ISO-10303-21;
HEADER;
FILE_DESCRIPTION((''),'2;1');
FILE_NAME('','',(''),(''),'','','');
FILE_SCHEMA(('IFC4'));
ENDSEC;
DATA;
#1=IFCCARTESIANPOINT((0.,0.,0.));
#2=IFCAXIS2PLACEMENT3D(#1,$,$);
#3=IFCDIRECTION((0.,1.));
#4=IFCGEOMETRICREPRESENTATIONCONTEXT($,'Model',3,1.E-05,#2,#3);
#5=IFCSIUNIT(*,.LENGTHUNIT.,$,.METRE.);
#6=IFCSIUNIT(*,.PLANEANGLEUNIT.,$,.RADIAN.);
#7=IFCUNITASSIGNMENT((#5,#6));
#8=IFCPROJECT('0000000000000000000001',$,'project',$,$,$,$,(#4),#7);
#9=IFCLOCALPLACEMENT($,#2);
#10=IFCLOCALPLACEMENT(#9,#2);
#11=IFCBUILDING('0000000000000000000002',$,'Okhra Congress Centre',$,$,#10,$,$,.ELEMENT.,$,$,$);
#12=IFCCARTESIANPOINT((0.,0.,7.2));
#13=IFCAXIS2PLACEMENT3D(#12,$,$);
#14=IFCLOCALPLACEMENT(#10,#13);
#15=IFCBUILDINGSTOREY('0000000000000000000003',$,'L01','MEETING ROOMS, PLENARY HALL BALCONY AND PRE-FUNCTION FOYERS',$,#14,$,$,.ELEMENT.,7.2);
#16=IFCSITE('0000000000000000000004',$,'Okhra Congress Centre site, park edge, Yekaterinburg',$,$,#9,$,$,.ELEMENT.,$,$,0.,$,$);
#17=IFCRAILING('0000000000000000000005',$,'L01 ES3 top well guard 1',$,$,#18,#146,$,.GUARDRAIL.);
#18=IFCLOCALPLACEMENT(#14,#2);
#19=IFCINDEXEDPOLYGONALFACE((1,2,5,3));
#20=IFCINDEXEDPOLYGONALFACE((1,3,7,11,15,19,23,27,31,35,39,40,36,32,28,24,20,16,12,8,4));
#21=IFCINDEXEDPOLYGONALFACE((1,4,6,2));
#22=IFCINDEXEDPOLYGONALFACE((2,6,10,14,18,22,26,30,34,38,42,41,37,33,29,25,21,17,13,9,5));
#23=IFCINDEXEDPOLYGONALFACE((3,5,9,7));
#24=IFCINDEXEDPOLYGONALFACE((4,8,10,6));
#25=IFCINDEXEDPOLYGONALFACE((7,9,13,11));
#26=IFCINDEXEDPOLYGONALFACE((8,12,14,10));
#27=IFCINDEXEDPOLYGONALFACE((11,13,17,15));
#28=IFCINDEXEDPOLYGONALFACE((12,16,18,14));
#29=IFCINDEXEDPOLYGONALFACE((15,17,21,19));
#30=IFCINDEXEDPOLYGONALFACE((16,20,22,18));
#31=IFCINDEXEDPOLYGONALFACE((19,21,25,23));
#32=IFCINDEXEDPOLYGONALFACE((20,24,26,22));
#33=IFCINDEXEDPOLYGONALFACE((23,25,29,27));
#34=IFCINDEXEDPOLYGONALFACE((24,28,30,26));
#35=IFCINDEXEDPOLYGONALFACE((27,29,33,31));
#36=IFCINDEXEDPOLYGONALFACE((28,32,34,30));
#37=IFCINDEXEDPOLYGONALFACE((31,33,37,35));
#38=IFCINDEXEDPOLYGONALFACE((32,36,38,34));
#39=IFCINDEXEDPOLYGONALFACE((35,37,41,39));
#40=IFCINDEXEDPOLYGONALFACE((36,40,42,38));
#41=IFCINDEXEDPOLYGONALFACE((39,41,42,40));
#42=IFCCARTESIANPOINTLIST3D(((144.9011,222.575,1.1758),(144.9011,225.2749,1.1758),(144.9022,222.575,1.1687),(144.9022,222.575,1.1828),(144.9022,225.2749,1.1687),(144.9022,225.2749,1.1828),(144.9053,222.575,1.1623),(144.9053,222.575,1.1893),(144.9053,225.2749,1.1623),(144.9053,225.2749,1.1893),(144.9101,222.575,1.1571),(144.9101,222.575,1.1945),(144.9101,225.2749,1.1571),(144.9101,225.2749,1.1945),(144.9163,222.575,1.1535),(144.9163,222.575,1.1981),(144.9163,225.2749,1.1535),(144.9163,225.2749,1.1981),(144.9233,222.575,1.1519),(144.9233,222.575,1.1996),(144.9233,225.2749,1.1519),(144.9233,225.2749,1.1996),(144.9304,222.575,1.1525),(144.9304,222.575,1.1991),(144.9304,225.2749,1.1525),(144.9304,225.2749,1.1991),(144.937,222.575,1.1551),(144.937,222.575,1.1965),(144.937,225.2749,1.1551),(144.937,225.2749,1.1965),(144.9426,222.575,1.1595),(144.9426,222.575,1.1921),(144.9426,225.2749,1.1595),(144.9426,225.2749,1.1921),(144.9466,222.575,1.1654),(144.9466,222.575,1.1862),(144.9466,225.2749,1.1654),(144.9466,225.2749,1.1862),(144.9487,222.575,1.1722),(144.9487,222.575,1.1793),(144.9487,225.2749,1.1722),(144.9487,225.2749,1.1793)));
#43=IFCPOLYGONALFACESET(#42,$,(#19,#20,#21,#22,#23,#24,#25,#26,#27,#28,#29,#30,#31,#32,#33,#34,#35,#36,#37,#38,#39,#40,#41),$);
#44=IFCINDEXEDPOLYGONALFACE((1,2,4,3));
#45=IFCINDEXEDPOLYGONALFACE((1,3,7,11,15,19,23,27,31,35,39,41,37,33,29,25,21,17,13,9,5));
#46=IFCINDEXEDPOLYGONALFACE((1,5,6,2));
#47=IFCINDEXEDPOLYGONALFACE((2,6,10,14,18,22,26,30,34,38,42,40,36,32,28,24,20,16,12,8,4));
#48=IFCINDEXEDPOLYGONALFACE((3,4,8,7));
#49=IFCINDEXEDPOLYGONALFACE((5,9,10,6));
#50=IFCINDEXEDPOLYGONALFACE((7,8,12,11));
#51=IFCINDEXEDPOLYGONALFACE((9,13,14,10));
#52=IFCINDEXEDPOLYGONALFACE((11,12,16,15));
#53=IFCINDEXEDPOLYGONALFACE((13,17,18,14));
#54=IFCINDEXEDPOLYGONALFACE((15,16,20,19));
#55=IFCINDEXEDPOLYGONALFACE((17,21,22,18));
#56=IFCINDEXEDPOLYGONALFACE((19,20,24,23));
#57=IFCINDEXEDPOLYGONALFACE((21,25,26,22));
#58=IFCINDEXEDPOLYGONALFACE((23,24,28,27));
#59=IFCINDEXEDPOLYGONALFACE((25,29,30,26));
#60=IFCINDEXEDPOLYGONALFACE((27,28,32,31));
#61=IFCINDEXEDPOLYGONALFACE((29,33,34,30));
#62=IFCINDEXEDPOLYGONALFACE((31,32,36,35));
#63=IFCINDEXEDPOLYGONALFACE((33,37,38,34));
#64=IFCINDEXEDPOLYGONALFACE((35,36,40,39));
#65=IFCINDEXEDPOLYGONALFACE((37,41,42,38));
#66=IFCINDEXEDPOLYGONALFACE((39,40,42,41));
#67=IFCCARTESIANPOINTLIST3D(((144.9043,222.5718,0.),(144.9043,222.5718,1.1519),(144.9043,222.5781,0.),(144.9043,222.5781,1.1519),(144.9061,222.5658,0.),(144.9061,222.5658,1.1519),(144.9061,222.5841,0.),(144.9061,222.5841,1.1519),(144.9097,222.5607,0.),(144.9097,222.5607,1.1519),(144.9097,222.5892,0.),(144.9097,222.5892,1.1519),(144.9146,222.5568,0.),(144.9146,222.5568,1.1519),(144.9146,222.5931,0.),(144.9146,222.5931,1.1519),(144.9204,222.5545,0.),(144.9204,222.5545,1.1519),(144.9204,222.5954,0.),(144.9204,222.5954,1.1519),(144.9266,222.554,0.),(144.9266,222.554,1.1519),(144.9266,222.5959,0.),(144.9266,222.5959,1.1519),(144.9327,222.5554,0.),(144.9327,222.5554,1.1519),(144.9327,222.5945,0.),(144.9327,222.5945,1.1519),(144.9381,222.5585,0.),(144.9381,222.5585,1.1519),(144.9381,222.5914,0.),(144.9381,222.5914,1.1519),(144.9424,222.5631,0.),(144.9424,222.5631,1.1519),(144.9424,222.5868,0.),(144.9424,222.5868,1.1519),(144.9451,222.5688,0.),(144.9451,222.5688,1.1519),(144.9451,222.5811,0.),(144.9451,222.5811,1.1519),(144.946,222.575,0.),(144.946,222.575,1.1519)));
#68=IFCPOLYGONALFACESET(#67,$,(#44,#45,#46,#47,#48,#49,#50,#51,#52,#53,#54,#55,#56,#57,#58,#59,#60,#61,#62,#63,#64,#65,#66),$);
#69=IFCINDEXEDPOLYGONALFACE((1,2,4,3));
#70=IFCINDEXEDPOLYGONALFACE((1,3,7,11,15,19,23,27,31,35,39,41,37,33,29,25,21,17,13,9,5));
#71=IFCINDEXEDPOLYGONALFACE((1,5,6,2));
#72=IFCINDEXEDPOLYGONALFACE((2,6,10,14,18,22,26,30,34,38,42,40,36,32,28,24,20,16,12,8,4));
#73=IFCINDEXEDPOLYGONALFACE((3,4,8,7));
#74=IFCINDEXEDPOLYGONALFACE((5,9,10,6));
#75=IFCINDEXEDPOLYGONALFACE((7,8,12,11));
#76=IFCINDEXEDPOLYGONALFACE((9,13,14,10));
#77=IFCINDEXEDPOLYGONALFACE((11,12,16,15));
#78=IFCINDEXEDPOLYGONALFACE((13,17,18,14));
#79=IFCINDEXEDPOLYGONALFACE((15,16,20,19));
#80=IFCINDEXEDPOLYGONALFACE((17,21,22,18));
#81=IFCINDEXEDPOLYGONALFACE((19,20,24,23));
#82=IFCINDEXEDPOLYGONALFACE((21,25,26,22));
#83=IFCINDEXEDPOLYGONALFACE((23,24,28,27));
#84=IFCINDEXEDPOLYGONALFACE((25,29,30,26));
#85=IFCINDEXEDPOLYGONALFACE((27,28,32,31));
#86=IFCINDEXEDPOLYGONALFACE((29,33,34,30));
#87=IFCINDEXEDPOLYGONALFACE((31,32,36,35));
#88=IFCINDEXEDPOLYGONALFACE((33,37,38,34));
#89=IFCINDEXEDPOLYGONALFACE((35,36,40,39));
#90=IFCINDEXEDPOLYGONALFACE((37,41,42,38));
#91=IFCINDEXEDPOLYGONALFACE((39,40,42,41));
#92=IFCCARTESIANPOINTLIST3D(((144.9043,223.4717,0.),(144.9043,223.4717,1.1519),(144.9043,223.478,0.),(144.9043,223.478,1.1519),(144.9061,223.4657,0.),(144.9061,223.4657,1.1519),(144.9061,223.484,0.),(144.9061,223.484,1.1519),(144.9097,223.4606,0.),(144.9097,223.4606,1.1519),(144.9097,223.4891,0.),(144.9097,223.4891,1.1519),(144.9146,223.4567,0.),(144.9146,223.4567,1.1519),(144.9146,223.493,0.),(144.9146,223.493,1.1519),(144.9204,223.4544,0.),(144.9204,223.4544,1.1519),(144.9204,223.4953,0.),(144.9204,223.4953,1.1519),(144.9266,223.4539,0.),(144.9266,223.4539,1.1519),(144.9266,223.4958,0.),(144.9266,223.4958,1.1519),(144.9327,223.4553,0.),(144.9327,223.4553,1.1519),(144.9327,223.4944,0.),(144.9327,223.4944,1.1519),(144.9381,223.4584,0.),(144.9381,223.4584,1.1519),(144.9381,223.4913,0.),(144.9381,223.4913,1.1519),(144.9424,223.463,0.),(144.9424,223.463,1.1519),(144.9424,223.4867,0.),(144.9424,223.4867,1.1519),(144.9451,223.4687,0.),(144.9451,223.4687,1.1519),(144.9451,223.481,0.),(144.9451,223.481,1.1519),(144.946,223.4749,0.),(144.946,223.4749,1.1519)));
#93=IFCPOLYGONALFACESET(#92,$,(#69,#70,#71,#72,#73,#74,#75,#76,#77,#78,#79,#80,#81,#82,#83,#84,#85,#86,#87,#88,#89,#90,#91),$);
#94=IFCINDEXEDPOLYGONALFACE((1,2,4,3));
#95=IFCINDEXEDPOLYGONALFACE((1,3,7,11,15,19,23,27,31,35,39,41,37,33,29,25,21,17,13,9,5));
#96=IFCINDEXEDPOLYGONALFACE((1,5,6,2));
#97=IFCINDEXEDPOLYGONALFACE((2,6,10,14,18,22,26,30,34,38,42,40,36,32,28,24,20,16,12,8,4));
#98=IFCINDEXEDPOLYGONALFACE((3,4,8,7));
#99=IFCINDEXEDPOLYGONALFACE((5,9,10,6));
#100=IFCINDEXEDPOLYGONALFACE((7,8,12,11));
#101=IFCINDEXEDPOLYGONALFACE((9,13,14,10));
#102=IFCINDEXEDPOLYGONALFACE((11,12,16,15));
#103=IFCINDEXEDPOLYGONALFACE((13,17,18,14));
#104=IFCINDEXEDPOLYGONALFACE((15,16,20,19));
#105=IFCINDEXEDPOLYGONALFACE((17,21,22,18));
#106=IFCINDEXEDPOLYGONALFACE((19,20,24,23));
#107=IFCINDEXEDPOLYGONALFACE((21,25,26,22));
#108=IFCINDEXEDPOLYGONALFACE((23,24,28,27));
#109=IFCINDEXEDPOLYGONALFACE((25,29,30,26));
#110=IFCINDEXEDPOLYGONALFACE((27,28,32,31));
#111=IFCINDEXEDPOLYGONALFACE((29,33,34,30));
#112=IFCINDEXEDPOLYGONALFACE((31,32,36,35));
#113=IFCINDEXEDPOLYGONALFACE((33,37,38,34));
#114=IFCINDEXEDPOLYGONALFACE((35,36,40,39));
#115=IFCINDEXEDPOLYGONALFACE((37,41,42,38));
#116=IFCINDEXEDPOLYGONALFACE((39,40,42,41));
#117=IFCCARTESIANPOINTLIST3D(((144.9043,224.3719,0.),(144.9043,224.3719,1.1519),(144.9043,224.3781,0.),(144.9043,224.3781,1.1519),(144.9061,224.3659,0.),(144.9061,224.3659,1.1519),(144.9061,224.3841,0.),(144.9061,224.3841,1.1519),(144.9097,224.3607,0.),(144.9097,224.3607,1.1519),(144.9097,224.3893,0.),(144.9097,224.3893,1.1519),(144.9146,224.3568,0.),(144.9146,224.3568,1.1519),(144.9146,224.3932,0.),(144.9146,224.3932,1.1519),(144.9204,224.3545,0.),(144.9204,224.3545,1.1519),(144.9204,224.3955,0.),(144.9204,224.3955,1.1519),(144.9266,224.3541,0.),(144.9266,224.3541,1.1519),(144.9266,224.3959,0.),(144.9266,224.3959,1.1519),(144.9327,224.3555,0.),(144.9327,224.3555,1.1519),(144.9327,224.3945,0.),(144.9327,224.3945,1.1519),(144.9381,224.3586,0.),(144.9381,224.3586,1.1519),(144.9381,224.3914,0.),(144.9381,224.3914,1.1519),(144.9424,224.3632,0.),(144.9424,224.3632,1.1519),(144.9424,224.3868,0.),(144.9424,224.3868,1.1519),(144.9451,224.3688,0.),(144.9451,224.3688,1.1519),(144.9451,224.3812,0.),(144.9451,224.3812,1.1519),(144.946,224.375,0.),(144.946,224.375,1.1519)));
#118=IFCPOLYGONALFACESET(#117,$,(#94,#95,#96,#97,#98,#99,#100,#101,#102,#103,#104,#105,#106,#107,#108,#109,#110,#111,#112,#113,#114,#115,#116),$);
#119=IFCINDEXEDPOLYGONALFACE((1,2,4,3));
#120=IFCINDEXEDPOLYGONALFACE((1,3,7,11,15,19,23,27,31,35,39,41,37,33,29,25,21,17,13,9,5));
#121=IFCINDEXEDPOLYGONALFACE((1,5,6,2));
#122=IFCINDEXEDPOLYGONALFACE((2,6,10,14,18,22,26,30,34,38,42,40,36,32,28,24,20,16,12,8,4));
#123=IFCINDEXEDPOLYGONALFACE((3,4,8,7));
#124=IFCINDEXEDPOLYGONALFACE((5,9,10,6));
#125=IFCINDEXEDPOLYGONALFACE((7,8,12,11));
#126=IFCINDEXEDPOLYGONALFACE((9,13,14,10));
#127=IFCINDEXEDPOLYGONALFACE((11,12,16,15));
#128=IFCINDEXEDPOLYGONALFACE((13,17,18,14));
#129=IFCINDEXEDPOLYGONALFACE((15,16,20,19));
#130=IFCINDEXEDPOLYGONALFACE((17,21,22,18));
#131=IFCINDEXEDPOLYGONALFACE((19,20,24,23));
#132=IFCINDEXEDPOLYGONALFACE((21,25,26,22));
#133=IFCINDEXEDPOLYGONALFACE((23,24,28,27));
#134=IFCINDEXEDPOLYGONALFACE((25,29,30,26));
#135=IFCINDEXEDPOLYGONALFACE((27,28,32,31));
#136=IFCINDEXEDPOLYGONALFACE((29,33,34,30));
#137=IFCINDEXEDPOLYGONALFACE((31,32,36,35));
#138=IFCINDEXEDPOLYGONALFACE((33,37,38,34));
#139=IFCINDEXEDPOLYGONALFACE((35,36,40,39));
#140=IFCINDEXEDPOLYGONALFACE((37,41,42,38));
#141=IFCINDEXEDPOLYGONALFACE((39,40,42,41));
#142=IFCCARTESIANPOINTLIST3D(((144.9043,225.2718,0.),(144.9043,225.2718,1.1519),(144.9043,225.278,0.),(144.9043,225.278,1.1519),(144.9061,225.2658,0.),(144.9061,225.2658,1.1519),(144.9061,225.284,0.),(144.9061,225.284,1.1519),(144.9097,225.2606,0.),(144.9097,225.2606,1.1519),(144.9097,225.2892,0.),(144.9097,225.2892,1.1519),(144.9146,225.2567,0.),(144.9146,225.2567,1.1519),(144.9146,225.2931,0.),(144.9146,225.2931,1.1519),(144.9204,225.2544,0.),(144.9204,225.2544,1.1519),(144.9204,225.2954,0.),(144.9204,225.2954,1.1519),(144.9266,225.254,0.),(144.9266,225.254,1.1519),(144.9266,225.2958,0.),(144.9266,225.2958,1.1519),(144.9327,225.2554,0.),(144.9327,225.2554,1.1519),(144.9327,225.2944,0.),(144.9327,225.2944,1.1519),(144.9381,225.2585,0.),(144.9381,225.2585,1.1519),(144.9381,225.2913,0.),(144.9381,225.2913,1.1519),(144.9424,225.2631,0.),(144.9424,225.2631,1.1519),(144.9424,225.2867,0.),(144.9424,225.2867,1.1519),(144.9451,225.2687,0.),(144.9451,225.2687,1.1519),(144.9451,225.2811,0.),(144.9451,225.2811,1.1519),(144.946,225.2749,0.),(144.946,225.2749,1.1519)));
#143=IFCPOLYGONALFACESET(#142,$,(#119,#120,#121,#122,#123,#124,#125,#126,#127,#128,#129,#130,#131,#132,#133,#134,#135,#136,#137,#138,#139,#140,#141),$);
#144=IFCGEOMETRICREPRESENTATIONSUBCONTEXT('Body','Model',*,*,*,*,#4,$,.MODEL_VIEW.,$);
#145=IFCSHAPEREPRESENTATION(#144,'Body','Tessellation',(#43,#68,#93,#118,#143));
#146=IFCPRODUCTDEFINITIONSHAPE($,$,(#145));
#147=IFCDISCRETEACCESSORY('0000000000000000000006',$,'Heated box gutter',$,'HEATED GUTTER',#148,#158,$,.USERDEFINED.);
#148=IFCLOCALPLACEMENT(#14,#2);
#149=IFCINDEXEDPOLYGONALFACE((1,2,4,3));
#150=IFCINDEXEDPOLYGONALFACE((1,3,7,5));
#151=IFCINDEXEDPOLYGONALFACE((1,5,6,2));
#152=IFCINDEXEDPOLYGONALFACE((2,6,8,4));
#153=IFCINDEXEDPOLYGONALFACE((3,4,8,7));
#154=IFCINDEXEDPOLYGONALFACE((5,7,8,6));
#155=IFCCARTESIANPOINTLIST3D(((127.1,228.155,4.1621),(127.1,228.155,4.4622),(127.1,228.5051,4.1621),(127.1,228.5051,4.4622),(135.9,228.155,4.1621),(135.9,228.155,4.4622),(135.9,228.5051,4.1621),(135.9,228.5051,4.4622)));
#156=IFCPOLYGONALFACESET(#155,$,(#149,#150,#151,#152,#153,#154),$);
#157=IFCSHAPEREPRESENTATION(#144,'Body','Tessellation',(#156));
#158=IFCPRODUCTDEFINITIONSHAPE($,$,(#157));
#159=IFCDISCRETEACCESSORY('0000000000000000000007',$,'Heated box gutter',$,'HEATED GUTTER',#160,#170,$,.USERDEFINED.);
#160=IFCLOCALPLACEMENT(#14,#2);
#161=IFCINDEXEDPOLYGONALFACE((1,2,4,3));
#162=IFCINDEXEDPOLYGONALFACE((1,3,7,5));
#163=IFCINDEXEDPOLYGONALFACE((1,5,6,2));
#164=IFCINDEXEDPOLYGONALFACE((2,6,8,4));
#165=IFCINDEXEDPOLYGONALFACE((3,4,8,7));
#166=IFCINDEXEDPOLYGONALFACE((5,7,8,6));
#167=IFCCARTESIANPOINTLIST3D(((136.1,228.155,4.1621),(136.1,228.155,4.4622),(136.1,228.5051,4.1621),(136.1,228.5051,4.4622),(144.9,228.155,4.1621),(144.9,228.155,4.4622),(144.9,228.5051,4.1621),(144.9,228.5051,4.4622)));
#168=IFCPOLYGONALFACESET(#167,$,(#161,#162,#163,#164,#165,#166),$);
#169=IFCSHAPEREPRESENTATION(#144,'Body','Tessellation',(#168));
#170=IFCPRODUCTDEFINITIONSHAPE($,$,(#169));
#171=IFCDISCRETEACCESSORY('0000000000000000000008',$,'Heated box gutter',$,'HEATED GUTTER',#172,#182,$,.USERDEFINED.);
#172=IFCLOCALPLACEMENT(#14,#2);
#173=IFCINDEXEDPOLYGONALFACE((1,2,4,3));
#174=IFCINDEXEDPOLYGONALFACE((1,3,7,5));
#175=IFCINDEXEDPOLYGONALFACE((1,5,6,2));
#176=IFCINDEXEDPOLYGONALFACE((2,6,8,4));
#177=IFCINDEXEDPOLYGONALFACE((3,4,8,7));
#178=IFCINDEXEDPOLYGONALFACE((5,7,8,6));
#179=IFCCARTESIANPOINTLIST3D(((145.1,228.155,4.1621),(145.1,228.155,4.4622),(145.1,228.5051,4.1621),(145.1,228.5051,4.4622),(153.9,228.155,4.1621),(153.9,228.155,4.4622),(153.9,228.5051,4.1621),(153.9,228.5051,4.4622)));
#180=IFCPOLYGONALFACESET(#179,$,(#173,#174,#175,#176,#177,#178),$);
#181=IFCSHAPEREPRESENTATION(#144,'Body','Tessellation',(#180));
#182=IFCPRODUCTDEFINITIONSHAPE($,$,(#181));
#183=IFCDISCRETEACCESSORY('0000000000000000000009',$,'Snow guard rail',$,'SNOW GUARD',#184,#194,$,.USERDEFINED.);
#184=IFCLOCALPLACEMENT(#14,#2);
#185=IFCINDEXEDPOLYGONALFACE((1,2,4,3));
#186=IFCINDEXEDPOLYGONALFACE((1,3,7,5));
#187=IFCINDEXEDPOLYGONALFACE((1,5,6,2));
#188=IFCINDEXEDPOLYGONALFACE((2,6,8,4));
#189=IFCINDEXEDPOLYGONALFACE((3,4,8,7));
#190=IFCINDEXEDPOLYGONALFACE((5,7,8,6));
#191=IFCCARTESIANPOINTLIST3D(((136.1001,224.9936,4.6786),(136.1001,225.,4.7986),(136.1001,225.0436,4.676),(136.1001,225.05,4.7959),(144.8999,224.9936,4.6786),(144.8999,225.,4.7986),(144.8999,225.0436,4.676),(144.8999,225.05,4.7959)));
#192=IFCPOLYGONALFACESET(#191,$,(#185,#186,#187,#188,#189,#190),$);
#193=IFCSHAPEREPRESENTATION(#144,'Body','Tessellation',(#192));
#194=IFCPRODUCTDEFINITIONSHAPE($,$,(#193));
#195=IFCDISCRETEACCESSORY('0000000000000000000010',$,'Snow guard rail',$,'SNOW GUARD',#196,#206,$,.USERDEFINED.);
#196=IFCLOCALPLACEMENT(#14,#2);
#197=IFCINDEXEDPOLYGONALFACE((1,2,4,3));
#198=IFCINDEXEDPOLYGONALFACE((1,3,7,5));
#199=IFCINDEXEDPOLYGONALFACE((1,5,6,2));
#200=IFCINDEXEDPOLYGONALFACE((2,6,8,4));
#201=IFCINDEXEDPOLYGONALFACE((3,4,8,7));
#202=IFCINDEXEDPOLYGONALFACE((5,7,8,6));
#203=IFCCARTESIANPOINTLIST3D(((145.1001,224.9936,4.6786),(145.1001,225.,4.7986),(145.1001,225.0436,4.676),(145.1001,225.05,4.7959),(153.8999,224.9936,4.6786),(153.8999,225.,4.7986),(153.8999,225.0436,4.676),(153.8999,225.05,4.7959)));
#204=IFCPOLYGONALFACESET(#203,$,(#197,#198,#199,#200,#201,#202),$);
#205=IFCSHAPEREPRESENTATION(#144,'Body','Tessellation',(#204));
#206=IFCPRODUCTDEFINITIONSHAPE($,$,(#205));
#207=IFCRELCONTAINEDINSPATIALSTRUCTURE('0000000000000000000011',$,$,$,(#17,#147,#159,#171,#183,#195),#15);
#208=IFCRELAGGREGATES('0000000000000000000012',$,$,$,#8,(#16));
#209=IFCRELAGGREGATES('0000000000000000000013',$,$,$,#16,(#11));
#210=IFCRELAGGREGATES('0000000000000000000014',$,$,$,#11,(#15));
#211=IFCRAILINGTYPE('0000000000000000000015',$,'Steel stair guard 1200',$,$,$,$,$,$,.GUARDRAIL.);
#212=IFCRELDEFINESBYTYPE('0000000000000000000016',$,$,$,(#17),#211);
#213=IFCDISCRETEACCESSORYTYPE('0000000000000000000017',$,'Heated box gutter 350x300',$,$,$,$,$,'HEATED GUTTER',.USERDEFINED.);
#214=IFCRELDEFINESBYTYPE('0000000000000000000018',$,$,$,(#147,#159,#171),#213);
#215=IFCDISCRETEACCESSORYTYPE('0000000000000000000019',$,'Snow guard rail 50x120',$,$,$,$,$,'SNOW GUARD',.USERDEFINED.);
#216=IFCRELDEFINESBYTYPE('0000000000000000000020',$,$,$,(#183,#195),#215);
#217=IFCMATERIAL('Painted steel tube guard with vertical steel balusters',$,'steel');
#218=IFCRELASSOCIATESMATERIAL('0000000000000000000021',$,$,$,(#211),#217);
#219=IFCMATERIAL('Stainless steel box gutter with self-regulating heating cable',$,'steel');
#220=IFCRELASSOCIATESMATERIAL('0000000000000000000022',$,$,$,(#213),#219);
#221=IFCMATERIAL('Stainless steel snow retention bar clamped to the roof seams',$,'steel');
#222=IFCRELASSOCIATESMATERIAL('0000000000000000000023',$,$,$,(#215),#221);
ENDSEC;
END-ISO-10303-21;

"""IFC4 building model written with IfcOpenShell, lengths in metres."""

from ifc_helpers import new_model, si_unit, direction, frame, origin, origin_2d, place, context, subcontext, project, spatial, polyline, rectangle, circle, outline, extrude, material, type_object, element, save


model = new_model("IFC4")

# Units and contexts
model_context = context("Model", 3, precision=1e-05, world=origin(), true_north=direction((0.0, 1.0)))
body_context = subcontext(model_context, "Body", "Model", "MODEL_VIEW")
ifc_project = project(units=[si_unit("LENGTHUNIT", "METRE"), si_unit("PLANEANGLEUNIT", "RADIAN")], contexts=[model_context])

# Site, building, storey
site_placement = place(None, origin())
site = spatial("IfcSite", under=ifc_project, at=site_placement, Name="Okhra Congress Centre site, park edge, Yekaterinburg", CompositionType="ELEMENT", RefElevation=0.0)
building_placement = place(site_placement, origin())
building = spatial("IfcBuilding", under=site, at=building_placement, Name="Okhra Congress Centre", CompositionType="ELEMENT")
storey_placement = place(building_placement, frame((0.0, 0.0, 7.2)))
storey = spatial("IfcBuildingStorey", under=building, at=storey_placement, Name="L01", Description="MEETING ROOMS, PLENARY HALL BALCONY AND PRE-FUNCTION FOYERS", CompositionType="ELEMENT", Elevation=7.2)

# Railing
ifc_material_1 = material(Name="Painted steel tube guard with vertical steel balusters", Category="steel")
railing_type = type_object("IfcRailingType", Name="Steel stair guard 1200", PredefinedType="GUARDRAIL", material=ifc_material_1)
railing_placement = place(storey_placement, frame((144.925, 222.575, 0.0)))
element("IfcRailing", 1, at=railing_placement, inside=storey, type_object=railing_type, Name="L01 ES3 top well guard 1", PredefinedType="GUARDRAIL", context=body_context, shape_type="SweptSolid", body=[
    extrude(circle(Radius=0.0239, at=origin_2d()), frame((0.0, 0.0, 1.1758), z_axis=(0.0, 1.0, 0.0), x_axis=(-1.0, 0.0, 0.0)), (0.0, 0.0, 1.0), 2.7),
    extrude(circle(Radius=0.021, at=origin_2d()), origin(), (0.0, 0.0, 1.0), 1.1519),
    extrude(circle(Radius=0.021, at=origin_2d()), frame((0.0, 0.8999, 0.0)), (0.0, 0.0, 1.0), 1.1519),
    extrude(circle(Radius=0.021, at=origin_2d()), frame((0.0, 1.8, 0.0)), (0.0, 0.0, 1.0), 1.1519),
    extrude(circle(Radius=0.021, at=origin_2d()), frame((0.0, 2.7, 0.0)), (0.0, 0.0, 1.0), 1.1519),
])

# Discrete accessories
ifc_material_2 = material(Name="Stainless steel box gutter with self-regulating heating cable", Category="steel")
discrete_accessory_type_1 = type_object("IfcDiscreteAccessoryType", Name="Heated box gutter 350x300", ElementType="HEATED GUTTER", PredefinedType="USERDEFINED", material=ifc_material_2)
for number, where, z_axis, x_axis, name in (
    (2, (131.5, 228.3301, 4.1621), (0.0, 0.0, 1.0), (1.0, 0.0, 0.0), "Heated box gutter"),
    (3, (140.5, 228.3301, 4.1621), (0.0, 0.0, 1.0), (1.0, 0.0, 0.0), "Heated box gutter"),
    (4, (149.5, 228.3301, 4.1621), (0.0, 0.0, 1.0), (1.0, 0.0, 0.0), "Heated box gutter"),
):
    element("IfcDiscreteAccessory", number, at=place(storey_placement, frame(where, z_axis=z_axis, x_axis=x_axis)), inside=storey, type_object=discrete_accessory_type_1, Name=name, ObjectType="HEATED GUTTER", PredefinedType="USERDEFINED", context=body_context, shape_type="SweptSolid", body=[
        extrude(rectangle(XDim=8.8, YDim=0.3501, at=origin_2d()), origin(), (0.0, 0.0, 1.0), 0.3),
    ])
ifc_material_3 = material(Name="Stainless steel snow retention bar clamped to the roof seams", Category="steel")
discrete_accessory_type_2 = type_object("IfcDiscreteAccessoryType", Name="Snow guard rail 50x120", ElementType="SNOW GUARD", PredefinedType="USERDEFINED", material=ifc_material_3)
for number, where, z_axis, x_axis, name in (
    (5, (136.1001, 225.0, 4.7986), (0.0, 0.053581, 0.998563), (1.0, 0.0, 0.0), "Snow guard rail"),
    (6, (145.1001, 225.0, 4.7986), (0.0, 0.053581, 0.998563), (1.0, 0.0, 0.0), "Snow guard rail"),
):
    element("IfcDiscreteAccessory", number, at=place(storey_placement, frame(where, z_axis=z_axis, x_axis=x_axis)), inside=storey, type_object=discrete_accessory_type_2, Name=name, ObjectType="SNOW GUARD", PredefinedType="USERDEFINED", context=body_context, shape_type="SweptSolid", body=[
        extrude(outline(polyline([(0.0, 0.0), (8.7998, 0.0), (8.7998, 0.0501), (0.0, 0.0501), (0.0, 0.0)])), origin(), (0.0, 0.0, -1.0), 0.1201),
    ])

save(model, "model.ifc")
